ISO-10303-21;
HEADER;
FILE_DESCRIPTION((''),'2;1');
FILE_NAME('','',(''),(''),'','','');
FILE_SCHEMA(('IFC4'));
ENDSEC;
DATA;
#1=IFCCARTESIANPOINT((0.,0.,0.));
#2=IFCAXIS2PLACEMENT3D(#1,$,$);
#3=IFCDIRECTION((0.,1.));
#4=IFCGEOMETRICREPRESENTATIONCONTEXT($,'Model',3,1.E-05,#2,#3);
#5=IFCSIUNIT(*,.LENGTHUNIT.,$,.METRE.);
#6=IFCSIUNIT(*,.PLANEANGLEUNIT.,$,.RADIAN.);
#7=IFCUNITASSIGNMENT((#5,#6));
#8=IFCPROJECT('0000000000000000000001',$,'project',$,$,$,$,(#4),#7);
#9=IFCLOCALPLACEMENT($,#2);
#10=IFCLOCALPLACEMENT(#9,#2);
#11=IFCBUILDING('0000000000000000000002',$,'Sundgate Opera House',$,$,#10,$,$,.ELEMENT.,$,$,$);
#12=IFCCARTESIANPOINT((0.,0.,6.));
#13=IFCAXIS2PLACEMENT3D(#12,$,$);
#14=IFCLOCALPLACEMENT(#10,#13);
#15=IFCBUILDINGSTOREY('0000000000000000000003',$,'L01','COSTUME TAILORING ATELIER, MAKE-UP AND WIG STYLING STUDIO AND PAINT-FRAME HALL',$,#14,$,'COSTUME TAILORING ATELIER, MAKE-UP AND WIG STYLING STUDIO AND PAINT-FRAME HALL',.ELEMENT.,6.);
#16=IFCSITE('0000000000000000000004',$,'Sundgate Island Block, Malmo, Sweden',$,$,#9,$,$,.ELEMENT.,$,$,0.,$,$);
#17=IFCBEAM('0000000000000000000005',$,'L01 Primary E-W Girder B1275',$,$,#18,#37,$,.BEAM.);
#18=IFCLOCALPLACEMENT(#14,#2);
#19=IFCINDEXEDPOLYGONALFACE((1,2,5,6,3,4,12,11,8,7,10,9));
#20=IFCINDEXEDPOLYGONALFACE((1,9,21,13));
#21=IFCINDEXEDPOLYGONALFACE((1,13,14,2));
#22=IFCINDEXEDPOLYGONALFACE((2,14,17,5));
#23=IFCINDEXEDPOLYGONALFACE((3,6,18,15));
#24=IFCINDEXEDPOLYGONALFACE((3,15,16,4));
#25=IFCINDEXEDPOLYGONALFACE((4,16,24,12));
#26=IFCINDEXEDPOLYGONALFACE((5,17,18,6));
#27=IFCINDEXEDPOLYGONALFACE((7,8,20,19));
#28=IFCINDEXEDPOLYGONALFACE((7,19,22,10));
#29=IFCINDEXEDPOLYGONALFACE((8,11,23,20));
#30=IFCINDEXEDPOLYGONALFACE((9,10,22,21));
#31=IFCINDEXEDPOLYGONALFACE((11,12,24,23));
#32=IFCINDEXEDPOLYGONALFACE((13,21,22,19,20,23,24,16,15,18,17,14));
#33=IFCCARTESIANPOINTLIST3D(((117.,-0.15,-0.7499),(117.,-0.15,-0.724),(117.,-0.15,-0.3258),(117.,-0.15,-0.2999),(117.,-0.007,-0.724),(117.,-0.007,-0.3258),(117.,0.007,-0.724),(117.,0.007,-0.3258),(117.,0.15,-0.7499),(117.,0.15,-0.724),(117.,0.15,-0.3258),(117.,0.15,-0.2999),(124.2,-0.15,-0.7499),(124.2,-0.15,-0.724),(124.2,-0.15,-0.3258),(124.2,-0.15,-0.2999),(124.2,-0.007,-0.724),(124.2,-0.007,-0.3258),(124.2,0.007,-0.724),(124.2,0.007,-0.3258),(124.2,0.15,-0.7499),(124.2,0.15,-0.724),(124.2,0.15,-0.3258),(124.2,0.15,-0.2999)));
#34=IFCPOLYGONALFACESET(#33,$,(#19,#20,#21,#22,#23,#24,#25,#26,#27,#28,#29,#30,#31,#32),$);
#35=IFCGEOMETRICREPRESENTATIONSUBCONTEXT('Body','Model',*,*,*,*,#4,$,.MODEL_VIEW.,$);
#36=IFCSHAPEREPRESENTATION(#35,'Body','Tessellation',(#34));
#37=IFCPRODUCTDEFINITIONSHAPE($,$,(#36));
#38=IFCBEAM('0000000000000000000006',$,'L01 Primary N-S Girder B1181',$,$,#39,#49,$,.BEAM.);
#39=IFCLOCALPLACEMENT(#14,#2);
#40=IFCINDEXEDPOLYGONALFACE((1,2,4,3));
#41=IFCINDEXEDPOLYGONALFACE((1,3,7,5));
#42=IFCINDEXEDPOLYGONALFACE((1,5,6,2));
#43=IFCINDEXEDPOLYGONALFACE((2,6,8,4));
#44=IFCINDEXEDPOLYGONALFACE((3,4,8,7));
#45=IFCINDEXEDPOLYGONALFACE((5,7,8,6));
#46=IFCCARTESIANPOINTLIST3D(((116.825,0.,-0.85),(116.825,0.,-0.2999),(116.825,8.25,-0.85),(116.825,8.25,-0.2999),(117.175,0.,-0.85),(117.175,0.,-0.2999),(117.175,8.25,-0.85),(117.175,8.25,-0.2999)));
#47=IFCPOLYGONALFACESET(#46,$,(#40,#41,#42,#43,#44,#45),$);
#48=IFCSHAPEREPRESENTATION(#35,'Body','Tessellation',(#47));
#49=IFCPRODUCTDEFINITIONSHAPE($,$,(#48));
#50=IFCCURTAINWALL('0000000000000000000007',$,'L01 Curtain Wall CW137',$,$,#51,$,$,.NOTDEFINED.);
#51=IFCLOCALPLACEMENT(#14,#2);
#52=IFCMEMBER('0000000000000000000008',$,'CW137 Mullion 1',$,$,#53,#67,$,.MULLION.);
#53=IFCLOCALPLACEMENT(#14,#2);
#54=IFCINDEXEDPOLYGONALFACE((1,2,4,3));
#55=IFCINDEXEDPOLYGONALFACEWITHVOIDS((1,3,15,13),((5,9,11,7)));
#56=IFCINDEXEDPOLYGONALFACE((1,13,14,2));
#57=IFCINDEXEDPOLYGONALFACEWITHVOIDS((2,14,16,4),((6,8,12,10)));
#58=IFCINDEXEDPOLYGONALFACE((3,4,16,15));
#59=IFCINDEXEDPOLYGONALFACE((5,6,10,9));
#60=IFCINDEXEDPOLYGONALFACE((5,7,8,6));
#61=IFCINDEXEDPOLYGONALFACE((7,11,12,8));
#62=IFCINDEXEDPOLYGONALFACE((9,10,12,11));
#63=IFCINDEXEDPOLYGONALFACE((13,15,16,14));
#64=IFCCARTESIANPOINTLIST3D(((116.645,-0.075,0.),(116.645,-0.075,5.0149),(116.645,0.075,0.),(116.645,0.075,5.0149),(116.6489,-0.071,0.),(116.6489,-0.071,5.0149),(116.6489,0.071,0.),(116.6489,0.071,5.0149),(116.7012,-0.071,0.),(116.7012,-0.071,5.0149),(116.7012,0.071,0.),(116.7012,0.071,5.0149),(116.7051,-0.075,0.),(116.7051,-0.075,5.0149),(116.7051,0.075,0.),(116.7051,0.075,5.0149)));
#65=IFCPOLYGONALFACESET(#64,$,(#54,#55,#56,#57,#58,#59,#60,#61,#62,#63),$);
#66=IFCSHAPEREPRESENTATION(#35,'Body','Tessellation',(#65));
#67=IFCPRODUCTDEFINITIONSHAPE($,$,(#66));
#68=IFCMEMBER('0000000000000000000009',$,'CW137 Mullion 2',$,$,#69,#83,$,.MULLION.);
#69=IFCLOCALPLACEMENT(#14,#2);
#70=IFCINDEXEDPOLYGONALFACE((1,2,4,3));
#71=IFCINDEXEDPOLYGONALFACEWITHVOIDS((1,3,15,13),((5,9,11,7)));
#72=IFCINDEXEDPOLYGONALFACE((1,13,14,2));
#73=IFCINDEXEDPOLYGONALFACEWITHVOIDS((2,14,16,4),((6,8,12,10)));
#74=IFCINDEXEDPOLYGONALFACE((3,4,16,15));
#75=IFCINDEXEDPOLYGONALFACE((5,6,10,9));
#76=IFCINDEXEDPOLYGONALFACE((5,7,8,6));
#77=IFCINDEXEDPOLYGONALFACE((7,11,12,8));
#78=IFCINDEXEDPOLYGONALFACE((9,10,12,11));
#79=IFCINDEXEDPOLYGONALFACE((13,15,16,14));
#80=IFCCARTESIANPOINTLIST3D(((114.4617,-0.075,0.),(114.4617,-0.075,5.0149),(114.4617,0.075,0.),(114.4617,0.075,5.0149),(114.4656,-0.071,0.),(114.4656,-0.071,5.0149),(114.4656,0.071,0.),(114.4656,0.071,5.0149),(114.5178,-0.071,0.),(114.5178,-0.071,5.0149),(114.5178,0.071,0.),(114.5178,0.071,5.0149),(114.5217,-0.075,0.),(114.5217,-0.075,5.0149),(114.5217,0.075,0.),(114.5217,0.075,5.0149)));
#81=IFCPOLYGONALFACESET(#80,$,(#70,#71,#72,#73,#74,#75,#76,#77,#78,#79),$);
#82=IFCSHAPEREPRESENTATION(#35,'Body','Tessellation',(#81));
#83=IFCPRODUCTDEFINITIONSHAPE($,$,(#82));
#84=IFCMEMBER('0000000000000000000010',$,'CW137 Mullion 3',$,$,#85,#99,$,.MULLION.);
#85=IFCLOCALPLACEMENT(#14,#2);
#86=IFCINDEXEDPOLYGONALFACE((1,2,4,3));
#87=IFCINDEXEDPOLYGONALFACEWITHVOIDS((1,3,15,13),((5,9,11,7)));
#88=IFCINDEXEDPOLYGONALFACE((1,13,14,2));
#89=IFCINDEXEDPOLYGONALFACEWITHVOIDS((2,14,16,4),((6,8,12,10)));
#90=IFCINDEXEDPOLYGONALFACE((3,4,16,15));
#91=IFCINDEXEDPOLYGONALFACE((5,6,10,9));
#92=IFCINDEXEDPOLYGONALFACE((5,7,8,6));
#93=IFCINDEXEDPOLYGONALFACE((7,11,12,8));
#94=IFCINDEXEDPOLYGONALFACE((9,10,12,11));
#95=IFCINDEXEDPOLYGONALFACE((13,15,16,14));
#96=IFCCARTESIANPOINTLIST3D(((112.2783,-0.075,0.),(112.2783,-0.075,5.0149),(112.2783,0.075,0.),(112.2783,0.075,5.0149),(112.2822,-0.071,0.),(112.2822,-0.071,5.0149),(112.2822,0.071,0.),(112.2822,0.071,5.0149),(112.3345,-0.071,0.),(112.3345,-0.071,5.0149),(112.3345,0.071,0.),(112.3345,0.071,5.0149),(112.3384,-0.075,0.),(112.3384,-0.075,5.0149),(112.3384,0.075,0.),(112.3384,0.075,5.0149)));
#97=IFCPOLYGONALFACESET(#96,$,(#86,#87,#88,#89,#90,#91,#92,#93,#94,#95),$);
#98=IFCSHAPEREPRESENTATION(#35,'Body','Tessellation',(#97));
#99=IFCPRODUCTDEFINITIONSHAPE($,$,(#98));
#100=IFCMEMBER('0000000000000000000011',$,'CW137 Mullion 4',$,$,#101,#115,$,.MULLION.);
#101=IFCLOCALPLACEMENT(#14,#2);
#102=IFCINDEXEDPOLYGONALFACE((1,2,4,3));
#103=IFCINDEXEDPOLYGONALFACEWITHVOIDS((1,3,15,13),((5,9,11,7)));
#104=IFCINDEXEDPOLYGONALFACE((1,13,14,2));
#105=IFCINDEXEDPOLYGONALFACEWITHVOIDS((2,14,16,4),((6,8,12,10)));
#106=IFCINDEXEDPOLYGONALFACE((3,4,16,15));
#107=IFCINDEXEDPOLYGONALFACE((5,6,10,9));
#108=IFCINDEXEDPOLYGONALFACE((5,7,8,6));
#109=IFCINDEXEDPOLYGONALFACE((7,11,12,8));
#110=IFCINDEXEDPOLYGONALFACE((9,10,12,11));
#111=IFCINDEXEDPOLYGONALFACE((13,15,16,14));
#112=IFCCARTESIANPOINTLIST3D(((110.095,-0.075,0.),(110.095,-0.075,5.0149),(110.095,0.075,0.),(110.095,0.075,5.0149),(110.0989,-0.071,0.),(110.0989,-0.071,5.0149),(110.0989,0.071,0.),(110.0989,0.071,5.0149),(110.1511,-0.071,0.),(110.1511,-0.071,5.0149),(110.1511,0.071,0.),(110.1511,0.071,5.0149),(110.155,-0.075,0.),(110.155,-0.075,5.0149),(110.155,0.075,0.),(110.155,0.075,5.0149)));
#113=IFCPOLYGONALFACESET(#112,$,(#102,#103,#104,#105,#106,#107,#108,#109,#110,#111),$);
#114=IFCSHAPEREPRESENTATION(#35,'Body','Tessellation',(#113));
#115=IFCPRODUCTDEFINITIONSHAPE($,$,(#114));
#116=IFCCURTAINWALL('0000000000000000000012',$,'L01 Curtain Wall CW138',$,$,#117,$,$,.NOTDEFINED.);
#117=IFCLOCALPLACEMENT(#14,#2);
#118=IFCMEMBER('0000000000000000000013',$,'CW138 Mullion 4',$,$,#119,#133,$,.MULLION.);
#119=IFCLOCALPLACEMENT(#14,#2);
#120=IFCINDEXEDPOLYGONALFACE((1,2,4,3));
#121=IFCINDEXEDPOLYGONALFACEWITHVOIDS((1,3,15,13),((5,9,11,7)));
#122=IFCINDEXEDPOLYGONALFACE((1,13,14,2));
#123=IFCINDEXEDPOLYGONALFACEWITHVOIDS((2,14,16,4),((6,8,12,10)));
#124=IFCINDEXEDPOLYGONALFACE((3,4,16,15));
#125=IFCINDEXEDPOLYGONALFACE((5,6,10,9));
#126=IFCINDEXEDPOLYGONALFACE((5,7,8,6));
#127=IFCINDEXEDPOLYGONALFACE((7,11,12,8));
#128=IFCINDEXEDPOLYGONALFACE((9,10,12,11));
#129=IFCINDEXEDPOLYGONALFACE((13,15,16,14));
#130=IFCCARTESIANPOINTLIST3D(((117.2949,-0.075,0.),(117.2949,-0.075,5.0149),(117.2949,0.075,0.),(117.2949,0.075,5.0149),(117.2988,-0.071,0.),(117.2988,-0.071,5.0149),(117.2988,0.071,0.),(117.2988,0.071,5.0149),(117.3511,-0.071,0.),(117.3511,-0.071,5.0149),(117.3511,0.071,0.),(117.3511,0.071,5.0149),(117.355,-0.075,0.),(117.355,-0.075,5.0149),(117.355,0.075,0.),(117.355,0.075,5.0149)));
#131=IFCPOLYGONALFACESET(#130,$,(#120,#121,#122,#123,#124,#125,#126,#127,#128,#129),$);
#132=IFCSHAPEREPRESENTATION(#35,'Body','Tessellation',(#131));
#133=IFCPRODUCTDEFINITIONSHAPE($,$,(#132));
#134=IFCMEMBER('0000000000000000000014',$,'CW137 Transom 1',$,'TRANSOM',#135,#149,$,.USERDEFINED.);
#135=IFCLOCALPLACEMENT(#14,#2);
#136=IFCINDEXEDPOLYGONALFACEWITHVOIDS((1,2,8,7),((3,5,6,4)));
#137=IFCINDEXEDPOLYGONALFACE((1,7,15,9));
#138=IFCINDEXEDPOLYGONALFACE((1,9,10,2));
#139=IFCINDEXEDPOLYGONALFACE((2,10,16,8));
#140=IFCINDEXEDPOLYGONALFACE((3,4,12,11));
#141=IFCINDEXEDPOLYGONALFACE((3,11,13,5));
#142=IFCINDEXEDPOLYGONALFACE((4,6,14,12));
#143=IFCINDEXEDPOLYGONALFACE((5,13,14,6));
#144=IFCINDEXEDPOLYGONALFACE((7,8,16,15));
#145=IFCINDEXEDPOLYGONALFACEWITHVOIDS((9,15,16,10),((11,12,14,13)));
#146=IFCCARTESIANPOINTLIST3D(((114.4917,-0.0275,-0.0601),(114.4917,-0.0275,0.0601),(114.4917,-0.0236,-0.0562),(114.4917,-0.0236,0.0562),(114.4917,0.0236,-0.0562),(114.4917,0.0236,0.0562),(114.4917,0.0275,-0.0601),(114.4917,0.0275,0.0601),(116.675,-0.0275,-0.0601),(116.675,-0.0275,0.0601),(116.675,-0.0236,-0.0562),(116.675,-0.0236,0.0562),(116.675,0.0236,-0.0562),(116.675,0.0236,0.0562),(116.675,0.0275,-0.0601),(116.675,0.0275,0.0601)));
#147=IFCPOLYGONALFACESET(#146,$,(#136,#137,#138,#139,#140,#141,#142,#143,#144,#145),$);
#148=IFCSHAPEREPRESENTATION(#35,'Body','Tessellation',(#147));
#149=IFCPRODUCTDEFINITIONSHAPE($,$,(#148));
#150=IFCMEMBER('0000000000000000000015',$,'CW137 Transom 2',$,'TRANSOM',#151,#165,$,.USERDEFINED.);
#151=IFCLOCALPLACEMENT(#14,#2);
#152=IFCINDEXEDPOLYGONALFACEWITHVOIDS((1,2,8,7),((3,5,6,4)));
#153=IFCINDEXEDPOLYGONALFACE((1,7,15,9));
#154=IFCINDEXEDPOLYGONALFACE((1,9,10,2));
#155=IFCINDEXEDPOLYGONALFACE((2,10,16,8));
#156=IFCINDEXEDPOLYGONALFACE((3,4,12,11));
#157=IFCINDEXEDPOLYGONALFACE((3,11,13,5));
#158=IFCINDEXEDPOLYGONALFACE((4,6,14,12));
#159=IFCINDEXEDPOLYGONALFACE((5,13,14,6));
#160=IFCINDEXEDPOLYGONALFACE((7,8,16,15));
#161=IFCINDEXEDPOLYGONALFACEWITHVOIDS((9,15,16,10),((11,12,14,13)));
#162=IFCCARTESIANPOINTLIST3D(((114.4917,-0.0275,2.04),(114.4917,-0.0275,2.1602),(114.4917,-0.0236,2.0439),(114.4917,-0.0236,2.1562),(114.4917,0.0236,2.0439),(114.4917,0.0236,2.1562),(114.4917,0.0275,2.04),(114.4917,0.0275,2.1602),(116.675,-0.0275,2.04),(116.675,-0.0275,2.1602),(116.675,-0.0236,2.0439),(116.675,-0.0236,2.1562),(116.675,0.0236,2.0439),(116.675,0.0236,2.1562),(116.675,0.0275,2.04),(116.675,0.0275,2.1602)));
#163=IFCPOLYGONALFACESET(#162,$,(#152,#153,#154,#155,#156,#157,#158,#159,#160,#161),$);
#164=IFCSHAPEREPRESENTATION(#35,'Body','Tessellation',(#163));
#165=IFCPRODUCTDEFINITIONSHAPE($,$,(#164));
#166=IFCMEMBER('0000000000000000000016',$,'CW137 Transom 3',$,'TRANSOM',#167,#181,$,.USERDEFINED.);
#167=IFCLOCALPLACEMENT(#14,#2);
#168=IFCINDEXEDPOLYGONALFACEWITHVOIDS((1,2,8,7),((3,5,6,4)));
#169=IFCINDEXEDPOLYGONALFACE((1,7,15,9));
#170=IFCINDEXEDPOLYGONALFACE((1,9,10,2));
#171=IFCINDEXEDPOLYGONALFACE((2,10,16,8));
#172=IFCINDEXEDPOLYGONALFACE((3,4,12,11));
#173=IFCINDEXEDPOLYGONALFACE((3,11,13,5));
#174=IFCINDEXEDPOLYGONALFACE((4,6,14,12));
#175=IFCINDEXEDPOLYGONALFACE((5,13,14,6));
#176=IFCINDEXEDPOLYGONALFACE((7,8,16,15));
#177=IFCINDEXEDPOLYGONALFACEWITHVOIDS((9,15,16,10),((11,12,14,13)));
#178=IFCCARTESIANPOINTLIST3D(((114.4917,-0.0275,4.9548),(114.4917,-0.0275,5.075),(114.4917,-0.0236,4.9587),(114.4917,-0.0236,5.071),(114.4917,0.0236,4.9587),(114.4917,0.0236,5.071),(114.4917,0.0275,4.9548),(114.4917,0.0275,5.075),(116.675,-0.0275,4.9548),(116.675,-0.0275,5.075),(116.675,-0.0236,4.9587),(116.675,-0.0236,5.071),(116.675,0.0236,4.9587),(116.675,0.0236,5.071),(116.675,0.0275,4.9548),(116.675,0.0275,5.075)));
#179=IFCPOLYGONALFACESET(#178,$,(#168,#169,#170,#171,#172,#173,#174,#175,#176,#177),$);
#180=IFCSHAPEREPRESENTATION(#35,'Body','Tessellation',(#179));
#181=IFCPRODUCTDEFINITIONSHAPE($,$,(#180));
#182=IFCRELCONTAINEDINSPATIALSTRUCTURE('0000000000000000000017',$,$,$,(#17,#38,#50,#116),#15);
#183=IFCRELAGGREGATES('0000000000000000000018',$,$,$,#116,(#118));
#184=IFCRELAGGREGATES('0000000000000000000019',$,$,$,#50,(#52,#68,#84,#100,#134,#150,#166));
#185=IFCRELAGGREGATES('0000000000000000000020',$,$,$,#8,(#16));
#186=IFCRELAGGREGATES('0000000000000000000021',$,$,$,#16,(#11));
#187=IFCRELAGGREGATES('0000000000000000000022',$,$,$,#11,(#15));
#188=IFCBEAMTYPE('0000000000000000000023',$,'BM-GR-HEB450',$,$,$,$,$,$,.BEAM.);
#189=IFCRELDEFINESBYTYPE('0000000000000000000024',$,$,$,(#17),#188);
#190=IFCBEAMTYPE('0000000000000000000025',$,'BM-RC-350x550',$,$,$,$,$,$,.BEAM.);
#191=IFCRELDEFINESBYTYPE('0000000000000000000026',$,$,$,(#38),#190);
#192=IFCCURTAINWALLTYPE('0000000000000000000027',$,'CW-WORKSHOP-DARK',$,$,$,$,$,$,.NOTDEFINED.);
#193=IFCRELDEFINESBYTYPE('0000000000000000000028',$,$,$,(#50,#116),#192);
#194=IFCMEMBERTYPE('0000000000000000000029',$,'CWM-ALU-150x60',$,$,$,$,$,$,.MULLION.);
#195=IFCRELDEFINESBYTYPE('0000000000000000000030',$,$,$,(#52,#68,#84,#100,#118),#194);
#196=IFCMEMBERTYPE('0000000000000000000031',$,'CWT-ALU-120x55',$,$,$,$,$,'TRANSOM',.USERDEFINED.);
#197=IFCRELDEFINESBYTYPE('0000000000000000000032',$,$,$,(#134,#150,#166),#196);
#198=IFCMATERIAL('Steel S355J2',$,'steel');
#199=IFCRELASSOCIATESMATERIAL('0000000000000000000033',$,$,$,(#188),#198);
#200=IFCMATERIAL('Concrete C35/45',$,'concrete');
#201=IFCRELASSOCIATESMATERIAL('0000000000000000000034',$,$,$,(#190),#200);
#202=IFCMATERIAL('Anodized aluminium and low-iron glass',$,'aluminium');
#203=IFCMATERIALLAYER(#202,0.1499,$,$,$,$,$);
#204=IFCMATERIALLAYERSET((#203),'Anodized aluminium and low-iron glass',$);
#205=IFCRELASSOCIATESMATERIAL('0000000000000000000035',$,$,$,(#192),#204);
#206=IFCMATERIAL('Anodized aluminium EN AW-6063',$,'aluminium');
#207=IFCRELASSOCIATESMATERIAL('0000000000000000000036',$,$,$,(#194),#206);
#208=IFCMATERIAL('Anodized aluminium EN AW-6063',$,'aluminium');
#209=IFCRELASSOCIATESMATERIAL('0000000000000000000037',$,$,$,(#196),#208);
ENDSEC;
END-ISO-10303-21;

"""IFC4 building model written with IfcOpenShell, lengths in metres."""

from ifc_helpers import new_model, si_unit, direction, frame, origin, origin_2d, place, context, subcontext, project, spatial, rectangle, hollow_rectangle, i_section, extrude, material, layer, layer_set, material_profile, profile_set, type_object, element, aggregate, save


model = new_model("IFC4")

# Units and contexts
model_context = context("Model", 3, precision=1e-05, world=origin(), true_north=direction((0.0, 1.0)))
body_context = subcontext(model_context, "Body", "Model", "MODEL_VIEW")
ifc_project = project(units=[si_unit("LENGTHUNIT", "METRE"), si_unit("PLANEANGLEUNIT", "RADIAN")], contexts=[model_context])

# Site, building, storey
site_placement = place(None, origin())
site = spatial("IfcSite", under=ifc_project, at=site_placement, Name="Sundgate Island Block, Malmo, Sweden", CompositionType="ELEMENT", RefElevation=0.0)
building_placement = place(site_placement, origin())
building = spatial("IfcBuilding", under=site, at=building_placement, Name="Sundgate Opera House", CompositionType="ELEMENT")
storey_placement = place(building_placement, frame((0.0, 0.0, 6.0)))
storey = spatial("IfcBuildingStorey", under=building, at=storey_placement, Name="L01", Description="COSTUME TAILORING ATELIER, MAKE-UP AND WIG STYLING STUDIO AND PAINT-FRAME HALL", LongName="COSTUME TAILORING ATELIER, MAKE-UP AND WIG STYLING STUDIO AND PAINT-FRAME HALL", CompositionType="ELEMENT", Elevation=6.0)

# Beams
ifc_material_1 = material(Name="Steel S355J2", Category="steel")
ifc_material_profile_1 = material_profile(ifc_material_1, i_section(OverallWidth=0.3, OverallDepth=0.45, WebThickness=0.0139, FlangeThickness=0.0259, at=origin_2d()), Name="HEB 450")
ifc_profile_set_1 = profile_set([ifc_material_profile_1], Name="Steel S355J2")
beam_type_1 = type_object("IfcBeamType", Name="BM-GR-HEB450", PredefinedType="BEAM", material=ifc_profile_set_1)
beam_1_placement = place(storey_placement, frame((117.0, 0.0, -0.5249), z_axis=(1.0, 0.0, 0.0), x_axis=(0.0, 1.0, 0.0)))
element("IfcBeam", 1, at=beam_1_placement, inside=storey, type_object=beam_type_1, Name="L01 Primary E-W Girder B1275", PredefinedType="BEAM", context=body_context, shape_type="SweptSolid", body=[
    extrude(i_section(OverallWidth=0.3, OverallDepth=0.45, WebThickness=0.0139, FlangeThickness=0.0259, at=origin_2d()), origin(), (0.0, 0.0, 1.0), 7.2),
])
ifc_material_2 = material(Name="Concrete C35/45", Category="concrete")
ifc_material_profile_2 = material_profile(ifc_material_2, rectangle(XDim=0.3501, YDim=0.55, at=origin_2d()), Name="RC 350x550")
ifc_profile_set_2 = profile_set([ifc_material_profile_2], Name="Concrete C35/45")
beam_type_2 = type_object("IfcBeamType", Name="BM-RC-350x550", PredefinedType="BEAM", material=ifc_profile_set_2)
beam_2_placement = place(storey_placement, frame((117.0, 0.0, -0.575), z_axis=(0.0, 1.0, 0.0), x_axis=(-1.0, 0.0, 0.0)))
element("IfcBeam", 2, at=beam_2_placement, inside=storey, type_object=beam_type_2, Name="L01 Primary N-S Girder B1181", PredefinedType="BEAM", context=body_context, shape_type="SweptSolid", body=[
    extrude(rectangle(XDim=0.3501, YDim=0.55, at=origin_2d()), origin(), (0.0, 0.0, 1.0), 8.25),
])

# Curtain wall, members
ifc_material_3 = material(Name="Anodized aluminium and low-iron glass", Category="aluminium")
ifc_layer_1 = layer(ifc_material_3, 0.1499)
ifc_layer_set_1 = layer_set([ifc_layer_1], Name="Anodized aluminium and low-iron glass")
curtain_wall_type = type_object("IfcCurtainWallType", Name="CW-WORKSHOP-DARK", PredefinedType="NOTDEFINED", material=ifc_layer_set_1)
curtain_wall_1_placement = place(storey_placement, origin())
curtain_wall_1 = element("IfcCurtainWall", 3, at=curtain_wall_1_placement, inside=storey, type_object=curtain_wall_type, Name="L01 Curtain Wall CW137", PredefinedType="NOTDEFINED")
ifc_material_4 = material(Name="Anodized aluminium EN AW-6063", Category="aluminium")
ifc_material_profile_3 = material_profile(ifc_material_4, hollow_rectangle(XDim=0.0601, YDim=0.1499, WallThickness=0.0039, at=origin_2d()), Name="CWM 150x60x4")
ifc_profile_set_3 = profile_set([ifc_material_profile_3], Name="Anodized aluminium EN AW-6063")
member_type_1 = type_object("IfcMemberType", Name="CWM-ALU-150x60", PredefinedType="MULLION", material=ifc_profile_set_3)
member_1_placement = place(storey_placement, frame((116.675, 0.0, 0.0), z_axis=(0.0, 0.0, 1.0), x_axis=(1.0, 0.0, 0.0)))
member_1 = element("IfcMember", 4, at=member_1_placement, type_object=member_type_1, Name="CW137 Mullion 1", PredefinedType="MULLION", context=body_context, shape_type="SweptSolid", body=[
    extrude(hollow_rectangle(XDim=0.0601, YDim=0.1499, WallThickness=0.0039, at=origin_2d()), origin(), (0.0, 0.0, 1.0), 5.0149),
])
member_2_placement = place(storey_placement, frame((114.4917, 0.0, 0.0), z_axis=(0.0, 0.0, 1.0), x_axis=(1.0, 0.0, 0.0)))
member_2 = element("IfcMember", 5, at=member_2_placement, type_object=member_type_1, Name="CW137 Mullion 2", PredefinedType="MULLION", context=body_context, shape_type="SweptSolid", body=[
    extrude(hollow_rectangle(XDim=0.0601, YDim=0.1499, WallThickness=0.0039, at=origin_2d()), origin(), (0.0, 0.0, 1.0), 5.0149),
])
member_3_placement = place(storey_placement, frame((112.3083, 0.0, 0.0), z_axis=(0.0, 0.0, 1.0), x_axis=(1.0, 0.0, 0.0)))
member_3 = element("IfcMember", 6, at=member_3_placement, type_object=member_type_1, Name="CW137 Mullion 3", PredefinedType="MULLION", context=body_context, shape_type="SweptSolid", body=[
    extrude(hollow_rectangle(XDim=0.0601, YDim=0.1499, WallThickness=0.0039, at=origin_2d()), origin(), (0.0, 0.0, 1.0), 5.0149),
])
member_4_placement = place(storey_placement, frame((110.125, 0.0, 0.0), z_axis=(0.0, 0.0, 1.0), x_axis=(1.0, 0.0, 0.0)))
member_4 = element("IfcMember", 7, at=member_4_placement, type_object=member_type_1, Name="CW137 Mullion 4", PredefinedType="MULLION", context=body_context, shape_type="SweptSolid", body=[
    extrude(hollow_rectangle(XDim=0.0601, YDim=0.1499, WallThickness=0.0039, at=origin_2d()), origin(), (0.0, 0.0, 1.0), 5.0149),
])

# Curtain wall, member
curtain_wall_2_placement = place(storey_placement, origin())
curtain_wall_2 = element("IfcCurtainWall", 8, at=curtain_wall_2_placement, inside=storey, type_object=curtain_wall_type, Name="L01 Curtain Wall CW138", PredefinedType="NOTDEFINED")
member_5_placement = place(storey_placement, frame((117.325, 0.0, 0.0), z_axis=(0.0, 0.0, 1.0), x_axis=(1.0, 0.0, 0.0)))
member_5 = element("IfcMember", 9, at=member_5_placement, type_object=member_type_1, Name="CW138 Mullion 4", PredefinedType="MULLION", context=body_context, shape_type="SweptSolid", body=[
    extrude(hollow_rectangle(XDim=0.0601, YDim=0.1499, WallThickness=0.0039, at=origin_2d()), origin(), (0.0, 0.0, 1.0), 5.0149),
])
aggregate(curtain_wall_2, [member_5])

# Members
ifc_material_5 = material(Name="Anodized aluminium EN AW-6063", Category="aluminium")
ifc_material_profile_4 = material_profile(ifc_material_5, hollow_rectangle(XDim=0.0549, YDim=0.1201, WallThickness=0.0039, at=origin_2d()), Name="CWT 120x55x4")
ifc_profile_set_4 = profile_set([ifc_material_profile_4], Name="Anodized aluminium EN AW-6063")
member_type_2 = type_object("IfcMemberType", Name="CWT-ALU-120x55", ElementType="TRANSOM", PredefinedType="USERDEFINED", material=ifc_profile_set_4)
member_6_placement = place(storey_placement, frame((116.675, 0.0, 0.0), z_axis=(-1.0, 0.0, 0.0), x_axis=(0.0, -1.0, 0.0)))
member_6 = element("IfcMember", 10, at=member_6_placement, type_object=member_type_2, Name="CW137 Transom 1", ObjectType="TRANSOM", PredefinedType="USERDEFINED", context=body_context, shape_type="SweptSolid", body=[
    extrude(hollow_rectangle(XDim=0.0549, YDim=0.1201, WallThickness=0.0039, at=origin_2d()), origin(), (0.0, 0.0, 1.0), 2.1833),
])
member_7_placement = place(storey_placement, frame((116.675, 0.0, 2.1001), z_axis=(-1.0, 0.0, 0.0), x_axis=(0.0, -1.0, 0.0)))
member_7 = element("IfcMember", 11, at=member_7_placement, type_object=member_type_2, Name="CW137 Transom 2", ObjectType="TRANSOM", PredefinedType="USERDEFINED", context=body_context, shape_type="SweptSolid", body=[
    extrude(hollow_rectangle(XDim=0.0549, YDim=0.1201, WallThickness=0.0039, at=origin_2d()), origin(), (0.0, 0.0, 1.0), 2.1833),
])
member_8_placement = place(storey_placement, frame((116.675, 0.0, 5.0149), z_axis=(-1.0, 0.0, 0.0), x_axis=(0.0, -1.0, 0.0)))
member_8 = element("IfcMember", 12, at=member_8_placement, type_object=member_type_2, Name="CW137 Transom 3", ObjectType="TRANSOM", PredefinedType="USERDEFINED", context=body_context, shape_type="SweptSolid", body=[
    extrude(hollow_rectangle(XDim=0.0549, YDim=0.1201, WallThickness=0.0039, at=origin_2d()), origin(), (0.0, 0.0, 1.0), 2.1833),
])

aggregate(curtain_wall_1, [member_1, member_2, member_3, member_4, member_6, member_7, member_8])

save(model, "model.ifc")
